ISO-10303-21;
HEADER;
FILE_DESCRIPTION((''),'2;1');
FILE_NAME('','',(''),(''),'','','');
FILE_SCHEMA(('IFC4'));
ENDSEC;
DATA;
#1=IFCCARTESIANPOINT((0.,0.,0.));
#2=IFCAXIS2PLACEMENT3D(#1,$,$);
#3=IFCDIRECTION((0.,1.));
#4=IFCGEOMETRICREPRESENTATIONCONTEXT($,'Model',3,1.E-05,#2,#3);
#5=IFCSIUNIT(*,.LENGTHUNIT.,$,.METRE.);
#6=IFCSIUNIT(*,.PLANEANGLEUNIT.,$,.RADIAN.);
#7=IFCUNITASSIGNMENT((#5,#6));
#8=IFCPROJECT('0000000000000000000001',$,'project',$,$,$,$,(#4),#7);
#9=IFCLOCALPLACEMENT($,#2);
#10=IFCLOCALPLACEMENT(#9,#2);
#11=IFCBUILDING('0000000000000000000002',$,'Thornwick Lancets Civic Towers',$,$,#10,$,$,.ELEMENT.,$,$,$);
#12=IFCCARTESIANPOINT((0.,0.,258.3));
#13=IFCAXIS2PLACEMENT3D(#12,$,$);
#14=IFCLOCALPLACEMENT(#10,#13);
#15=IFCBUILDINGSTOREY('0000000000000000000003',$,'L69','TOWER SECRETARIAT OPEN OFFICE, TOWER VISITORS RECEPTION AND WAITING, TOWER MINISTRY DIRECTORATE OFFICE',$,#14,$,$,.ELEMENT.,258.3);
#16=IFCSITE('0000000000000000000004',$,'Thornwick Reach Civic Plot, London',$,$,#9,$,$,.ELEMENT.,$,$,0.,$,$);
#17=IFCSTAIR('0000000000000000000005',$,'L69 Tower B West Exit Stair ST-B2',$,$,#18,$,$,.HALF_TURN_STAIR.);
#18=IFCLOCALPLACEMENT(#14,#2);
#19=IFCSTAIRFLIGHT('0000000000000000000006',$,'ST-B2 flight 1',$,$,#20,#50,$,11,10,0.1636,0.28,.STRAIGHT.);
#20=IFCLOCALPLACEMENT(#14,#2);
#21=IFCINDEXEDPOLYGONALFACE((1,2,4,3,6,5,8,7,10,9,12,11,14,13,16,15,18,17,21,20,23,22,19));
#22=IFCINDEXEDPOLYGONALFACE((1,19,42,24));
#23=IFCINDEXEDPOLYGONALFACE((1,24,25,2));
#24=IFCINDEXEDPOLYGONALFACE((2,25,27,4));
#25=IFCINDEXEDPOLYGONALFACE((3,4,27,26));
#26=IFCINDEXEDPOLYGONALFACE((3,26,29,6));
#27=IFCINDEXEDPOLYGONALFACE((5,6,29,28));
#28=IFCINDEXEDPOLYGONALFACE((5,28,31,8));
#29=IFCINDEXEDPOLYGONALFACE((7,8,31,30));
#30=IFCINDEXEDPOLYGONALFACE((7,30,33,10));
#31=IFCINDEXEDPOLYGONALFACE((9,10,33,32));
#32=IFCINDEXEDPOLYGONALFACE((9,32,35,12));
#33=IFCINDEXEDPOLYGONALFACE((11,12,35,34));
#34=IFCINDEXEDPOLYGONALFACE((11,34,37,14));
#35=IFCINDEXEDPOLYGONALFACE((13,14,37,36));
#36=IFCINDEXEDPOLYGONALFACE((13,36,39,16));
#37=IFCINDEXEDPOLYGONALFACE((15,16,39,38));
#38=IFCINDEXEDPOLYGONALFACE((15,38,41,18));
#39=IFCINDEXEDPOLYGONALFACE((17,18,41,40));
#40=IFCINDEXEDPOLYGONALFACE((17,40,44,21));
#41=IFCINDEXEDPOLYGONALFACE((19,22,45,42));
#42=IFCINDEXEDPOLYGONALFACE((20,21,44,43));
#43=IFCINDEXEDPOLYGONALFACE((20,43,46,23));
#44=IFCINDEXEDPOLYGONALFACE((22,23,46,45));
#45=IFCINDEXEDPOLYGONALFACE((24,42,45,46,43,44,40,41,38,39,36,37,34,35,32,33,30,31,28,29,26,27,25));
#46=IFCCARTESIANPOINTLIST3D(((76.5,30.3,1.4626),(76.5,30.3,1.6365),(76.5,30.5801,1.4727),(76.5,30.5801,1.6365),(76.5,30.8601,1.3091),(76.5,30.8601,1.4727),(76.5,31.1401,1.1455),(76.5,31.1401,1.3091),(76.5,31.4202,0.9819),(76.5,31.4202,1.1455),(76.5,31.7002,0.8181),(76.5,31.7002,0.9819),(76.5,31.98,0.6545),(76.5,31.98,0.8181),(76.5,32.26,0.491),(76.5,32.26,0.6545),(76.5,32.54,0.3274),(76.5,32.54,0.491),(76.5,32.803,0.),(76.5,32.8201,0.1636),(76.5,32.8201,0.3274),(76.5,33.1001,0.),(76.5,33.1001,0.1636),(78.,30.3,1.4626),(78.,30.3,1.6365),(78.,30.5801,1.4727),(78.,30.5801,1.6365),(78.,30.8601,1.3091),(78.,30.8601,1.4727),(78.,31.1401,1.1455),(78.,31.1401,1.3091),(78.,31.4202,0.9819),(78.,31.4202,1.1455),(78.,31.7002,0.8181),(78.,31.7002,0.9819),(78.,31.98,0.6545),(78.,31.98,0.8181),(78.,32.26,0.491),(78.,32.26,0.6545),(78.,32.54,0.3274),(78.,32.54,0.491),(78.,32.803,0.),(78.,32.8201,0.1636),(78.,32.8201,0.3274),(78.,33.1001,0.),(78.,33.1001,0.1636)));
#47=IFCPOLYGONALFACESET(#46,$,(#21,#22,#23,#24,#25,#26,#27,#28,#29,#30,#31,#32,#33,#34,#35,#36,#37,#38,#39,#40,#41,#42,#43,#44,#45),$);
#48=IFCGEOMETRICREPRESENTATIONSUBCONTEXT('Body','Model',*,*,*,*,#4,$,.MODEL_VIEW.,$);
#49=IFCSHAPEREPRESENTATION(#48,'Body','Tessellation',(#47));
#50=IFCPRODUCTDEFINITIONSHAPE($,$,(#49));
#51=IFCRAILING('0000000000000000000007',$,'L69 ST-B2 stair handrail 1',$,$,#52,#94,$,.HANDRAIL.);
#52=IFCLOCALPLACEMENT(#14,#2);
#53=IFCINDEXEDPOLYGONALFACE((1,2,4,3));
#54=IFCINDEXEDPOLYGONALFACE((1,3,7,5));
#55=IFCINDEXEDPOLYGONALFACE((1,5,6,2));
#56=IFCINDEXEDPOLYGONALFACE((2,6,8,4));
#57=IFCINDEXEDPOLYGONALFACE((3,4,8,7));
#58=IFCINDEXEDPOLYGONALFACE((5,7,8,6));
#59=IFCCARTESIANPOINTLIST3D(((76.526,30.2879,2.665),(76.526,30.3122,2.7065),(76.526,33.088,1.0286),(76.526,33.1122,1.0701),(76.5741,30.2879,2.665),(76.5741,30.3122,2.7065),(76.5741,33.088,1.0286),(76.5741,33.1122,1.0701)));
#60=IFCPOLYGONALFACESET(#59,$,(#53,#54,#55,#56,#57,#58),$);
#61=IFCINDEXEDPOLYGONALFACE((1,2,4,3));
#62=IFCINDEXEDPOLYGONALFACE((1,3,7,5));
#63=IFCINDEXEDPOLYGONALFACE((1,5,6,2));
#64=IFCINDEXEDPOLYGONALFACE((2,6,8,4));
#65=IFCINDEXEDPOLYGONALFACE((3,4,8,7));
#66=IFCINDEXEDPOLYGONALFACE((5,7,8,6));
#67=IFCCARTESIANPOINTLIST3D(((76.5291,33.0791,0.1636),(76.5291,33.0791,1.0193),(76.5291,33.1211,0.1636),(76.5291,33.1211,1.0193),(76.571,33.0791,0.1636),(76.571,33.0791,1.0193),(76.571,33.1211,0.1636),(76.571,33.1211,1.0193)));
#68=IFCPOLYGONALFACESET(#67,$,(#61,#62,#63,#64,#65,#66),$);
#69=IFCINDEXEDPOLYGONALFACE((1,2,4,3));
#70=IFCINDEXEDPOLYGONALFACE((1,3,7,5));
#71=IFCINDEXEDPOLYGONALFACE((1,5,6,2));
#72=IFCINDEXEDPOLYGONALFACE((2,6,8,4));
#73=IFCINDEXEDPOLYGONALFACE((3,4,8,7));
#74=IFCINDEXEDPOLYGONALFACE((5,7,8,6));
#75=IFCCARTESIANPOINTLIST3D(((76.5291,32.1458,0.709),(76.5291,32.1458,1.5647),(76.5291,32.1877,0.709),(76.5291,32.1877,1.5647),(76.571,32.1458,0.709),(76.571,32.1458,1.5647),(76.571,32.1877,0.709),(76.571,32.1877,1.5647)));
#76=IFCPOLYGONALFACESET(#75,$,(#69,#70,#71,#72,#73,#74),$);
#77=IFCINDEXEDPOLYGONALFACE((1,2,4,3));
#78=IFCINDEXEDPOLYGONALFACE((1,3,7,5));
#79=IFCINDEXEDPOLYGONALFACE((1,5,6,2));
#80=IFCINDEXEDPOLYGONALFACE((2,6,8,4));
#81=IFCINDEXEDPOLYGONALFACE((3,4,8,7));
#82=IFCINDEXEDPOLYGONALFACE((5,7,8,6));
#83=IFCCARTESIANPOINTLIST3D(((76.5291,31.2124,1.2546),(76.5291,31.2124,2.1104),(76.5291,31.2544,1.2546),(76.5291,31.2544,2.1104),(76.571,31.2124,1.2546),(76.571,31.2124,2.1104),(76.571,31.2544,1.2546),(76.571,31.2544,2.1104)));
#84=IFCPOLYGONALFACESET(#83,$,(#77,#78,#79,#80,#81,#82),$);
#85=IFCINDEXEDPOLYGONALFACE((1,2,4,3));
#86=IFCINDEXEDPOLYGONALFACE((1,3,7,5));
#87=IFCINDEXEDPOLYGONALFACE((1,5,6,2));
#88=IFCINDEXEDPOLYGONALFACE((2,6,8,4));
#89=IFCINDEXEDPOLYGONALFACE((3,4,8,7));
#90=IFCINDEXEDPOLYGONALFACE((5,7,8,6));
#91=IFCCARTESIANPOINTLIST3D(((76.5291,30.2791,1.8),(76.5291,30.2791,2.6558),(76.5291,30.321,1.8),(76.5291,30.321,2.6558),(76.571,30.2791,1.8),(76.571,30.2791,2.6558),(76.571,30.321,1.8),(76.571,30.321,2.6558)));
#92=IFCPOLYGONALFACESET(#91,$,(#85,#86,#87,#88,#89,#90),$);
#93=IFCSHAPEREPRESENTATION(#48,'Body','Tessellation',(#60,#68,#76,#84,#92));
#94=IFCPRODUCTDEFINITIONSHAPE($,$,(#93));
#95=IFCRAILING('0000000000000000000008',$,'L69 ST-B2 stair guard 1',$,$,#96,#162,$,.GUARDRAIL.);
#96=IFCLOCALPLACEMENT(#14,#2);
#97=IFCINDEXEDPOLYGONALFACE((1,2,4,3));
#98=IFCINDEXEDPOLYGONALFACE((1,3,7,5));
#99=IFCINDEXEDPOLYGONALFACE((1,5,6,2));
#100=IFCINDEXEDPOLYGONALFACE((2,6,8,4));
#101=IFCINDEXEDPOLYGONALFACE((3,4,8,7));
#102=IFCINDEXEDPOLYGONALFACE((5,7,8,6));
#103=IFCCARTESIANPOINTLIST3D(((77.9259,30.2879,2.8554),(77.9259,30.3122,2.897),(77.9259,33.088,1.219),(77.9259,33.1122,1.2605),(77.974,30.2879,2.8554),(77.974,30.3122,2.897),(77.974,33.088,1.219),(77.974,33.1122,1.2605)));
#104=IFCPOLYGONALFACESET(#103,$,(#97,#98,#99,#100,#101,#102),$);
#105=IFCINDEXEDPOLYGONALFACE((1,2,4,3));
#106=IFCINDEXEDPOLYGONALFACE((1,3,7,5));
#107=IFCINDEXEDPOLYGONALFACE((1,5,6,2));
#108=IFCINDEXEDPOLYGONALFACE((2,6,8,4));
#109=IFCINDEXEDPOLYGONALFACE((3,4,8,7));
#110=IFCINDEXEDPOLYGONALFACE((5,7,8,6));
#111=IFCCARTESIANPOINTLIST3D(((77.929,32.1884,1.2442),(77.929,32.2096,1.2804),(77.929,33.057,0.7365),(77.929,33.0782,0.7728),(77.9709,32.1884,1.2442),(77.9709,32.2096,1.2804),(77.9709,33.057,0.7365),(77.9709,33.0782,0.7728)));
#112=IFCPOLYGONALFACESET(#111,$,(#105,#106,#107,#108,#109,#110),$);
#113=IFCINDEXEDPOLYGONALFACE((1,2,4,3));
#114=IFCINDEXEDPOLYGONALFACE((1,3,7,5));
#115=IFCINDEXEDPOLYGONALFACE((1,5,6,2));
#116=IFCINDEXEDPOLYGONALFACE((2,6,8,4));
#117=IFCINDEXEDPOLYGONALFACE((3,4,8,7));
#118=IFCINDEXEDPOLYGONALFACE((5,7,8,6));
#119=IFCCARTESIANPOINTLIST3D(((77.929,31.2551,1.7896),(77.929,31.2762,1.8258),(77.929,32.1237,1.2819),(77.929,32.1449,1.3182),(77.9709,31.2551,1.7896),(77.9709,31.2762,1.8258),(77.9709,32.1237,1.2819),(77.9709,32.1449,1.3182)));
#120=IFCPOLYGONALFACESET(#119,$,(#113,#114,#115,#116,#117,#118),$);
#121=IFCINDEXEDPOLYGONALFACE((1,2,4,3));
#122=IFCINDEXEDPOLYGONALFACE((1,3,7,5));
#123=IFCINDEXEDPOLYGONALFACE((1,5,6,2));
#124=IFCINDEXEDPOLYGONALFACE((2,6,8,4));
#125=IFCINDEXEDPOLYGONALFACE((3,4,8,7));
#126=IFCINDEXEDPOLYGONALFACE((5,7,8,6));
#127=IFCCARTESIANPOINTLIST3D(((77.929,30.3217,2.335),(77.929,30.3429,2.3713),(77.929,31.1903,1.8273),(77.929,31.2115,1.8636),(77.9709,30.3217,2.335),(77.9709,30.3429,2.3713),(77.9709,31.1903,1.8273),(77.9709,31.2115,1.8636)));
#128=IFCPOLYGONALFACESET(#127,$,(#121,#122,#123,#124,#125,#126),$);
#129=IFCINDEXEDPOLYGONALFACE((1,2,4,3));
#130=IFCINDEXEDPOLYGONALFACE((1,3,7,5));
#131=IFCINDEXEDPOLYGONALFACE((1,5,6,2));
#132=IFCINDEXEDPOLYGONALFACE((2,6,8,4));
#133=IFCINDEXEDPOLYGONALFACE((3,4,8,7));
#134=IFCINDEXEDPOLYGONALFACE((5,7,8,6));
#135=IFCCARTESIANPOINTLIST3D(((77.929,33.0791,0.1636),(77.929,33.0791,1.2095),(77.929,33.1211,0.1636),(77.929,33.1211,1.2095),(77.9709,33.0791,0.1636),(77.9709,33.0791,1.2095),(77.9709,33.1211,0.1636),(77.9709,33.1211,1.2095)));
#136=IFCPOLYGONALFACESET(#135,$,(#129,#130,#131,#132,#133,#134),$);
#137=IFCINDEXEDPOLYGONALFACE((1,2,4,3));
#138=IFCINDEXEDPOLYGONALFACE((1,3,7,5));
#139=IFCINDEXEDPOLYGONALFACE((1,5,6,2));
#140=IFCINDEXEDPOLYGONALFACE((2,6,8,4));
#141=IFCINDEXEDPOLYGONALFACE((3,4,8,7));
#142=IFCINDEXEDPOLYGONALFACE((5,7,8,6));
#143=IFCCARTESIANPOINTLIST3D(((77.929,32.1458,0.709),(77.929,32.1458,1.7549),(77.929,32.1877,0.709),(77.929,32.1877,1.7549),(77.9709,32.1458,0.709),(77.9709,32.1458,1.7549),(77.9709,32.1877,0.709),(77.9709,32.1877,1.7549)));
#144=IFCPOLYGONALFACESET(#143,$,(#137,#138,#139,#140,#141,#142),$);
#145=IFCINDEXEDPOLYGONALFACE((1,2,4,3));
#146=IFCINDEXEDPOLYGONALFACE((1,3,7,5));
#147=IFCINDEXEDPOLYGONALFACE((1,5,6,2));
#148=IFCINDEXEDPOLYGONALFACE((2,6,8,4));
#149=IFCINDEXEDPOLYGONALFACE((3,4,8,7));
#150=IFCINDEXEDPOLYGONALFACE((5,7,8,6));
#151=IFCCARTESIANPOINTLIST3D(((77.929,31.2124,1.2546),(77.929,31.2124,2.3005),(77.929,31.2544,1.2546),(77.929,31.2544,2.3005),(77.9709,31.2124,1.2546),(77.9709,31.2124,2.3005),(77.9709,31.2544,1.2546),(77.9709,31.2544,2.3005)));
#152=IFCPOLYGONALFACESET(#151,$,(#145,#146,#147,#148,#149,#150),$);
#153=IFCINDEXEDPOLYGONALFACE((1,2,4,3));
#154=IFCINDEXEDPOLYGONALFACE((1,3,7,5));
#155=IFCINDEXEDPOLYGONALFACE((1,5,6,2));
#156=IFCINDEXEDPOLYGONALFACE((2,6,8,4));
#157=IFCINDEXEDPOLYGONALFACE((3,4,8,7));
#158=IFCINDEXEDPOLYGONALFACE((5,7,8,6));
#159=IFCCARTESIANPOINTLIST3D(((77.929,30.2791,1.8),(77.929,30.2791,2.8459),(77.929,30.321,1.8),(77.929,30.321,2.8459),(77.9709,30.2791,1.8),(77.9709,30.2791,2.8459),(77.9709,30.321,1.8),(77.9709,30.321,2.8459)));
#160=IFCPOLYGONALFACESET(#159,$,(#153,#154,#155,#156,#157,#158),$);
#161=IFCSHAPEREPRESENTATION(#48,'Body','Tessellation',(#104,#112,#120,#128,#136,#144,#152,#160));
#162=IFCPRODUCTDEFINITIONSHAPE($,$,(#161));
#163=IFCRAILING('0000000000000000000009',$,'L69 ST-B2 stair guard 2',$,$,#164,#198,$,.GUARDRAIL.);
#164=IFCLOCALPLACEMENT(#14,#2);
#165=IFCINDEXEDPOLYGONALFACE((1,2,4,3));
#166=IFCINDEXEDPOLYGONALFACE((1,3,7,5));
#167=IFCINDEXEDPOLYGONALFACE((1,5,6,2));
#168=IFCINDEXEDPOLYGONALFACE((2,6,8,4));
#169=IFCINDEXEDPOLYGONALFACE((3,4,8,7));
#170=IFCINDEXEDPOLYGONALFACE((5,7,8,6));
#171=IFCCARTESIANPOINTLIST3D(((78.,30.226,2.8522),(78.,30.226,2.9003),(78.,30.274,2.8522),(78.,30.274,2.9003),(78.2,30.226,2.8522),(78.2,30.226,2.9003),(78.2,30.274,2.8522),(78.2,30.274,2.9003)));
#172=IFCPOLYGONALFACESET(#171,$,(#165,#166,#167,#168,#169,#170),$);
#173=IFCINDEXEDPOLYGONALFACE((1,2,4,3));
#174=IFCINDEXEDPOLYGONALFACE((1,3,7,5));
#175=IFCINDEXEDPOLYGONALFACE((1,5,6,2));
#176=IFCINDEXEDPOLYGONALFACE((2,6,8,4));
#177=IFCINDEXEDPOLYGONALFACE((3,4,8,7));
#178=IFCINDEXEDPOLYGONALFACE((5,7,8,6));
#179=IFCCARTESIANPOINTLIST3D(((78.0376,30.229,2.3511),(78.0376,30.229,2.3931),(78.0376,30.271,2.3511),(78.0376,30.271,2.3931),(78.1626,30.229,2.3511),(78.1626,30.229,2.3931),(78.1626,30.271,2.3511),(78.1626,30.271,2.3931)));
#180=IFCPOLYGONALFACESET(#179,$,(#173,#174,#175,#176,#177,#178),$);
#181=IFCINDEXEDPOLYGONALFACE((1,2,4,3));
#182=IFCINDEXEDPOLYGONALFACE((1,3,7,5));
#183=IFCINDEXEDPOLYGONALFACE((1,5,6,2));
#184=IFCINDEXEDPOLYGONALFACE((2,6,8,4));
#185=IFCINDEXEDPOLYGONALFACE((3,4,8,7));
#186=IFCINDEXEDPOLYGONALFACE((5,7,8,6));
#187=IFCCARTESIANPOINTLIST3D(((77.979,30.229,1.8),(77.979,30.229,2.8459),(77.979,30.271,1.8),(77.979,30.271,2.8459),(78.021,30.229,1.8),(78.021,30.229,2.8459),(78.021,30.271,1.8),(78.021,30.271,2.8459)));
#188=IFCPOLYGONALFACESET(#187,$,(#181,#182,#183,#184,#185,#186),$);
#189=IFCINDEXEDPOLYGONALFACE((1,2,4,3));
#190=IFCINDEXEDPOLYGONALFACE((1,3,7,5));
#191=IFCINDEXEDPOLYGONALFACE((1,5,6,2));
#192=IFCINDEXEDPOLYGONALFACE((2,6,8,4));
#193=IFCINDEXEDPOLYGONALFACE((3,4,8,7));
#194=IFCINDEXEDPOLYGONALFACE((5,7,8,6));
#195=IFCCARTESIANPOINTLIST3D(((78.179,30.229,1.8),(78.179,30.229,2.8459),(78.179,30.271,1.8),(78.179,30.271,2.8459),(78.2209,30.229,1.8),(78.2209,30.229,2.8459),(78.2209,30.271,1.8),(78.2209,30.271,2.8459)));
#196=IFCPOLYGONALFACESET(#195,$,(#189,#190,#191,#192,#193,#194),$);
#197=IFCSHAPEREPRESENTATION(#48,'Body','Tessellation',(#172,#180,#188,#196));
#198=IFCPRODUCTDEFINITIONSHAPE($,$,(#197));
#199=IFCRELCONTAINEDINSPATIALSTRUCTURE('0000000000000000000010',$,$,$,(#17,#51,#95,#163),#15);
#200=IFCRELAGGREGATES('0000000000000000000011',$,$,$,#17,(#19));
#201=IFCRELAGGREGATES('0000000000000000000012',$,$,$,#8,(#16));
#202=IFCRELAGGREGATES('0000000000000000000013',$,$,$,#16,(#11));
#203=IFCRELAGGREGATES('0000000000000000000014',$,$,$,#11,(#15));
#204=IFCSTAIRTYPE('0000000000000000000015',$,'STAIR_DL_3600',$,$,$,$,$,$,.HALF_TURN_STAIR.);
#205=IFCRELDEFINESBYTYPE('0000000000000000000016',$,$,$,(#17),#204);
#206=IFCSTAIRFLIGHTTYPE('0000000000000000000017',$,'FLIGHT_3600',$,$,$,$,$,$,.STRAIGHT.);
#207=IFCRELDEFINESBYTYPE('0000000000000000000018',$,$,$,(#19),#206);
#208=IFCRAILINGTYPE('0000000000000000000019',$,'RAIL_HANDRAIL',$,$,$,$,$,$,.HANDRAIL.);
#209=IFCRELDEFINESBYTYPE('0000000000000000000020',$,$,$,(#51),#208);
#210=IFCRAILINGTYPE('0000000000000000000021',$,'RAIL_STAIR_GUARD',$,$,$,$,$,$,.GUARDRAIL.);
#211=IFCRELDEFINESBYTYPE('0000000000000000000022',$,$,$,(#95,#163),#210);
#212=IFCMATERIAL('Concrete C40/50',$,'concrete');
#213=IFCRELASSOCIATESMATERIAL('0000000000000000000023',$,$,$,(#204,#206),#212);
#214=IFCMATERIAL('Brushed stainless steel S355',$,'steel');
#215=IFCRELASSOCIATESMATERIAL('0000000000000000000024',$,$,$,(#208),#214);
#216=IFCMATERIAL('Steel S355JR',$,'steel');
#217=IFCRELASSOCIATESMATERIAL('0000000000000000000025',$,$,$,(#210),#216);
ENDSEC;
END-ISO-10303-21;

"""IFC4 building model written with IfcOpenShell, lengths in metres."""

from ifc_helpers import new_model, si_unit, direction, frame, origin, origin_2d, place, context, subcontext, project, spatial, polyline, rectangle, outline, extrude, material, type_object, element, aggregate, save


model = new_model("IFC4")

# Units and contexts
model_context = context("Model", 3, precision=1e-05, world=origin(), true_north=direction((0.0, 1.0)))
body_context = subcontext(model_context, "Body", "Model", "MODEL_VIEW")
ifc_project = project(units=[si_unit("LENGTHUNIT", "METRE"), si_unit("PLANEANGLEUNIT", "RADIAN")], contexts=[model_context])

# Site, building, storey
site_placement = place(None, origin())
site = spatial("IfcSite", under=ifc_project, at=site_placement, Name="Thornwick Reach Civic Plot, London", CompositionType="ELEMENT", RefElevation=0.0)
building_placement = place(site_placement, origin())
building = spatial("IfcBuilding", under=site, at=building_placement, Name="Thornwick Lancets Civic Towers", CompositionType="ELEMENT")
storey_placement = place(building_placement, frame((0.0, 0.0, 258.3)))
storey = spatial("IfcBuildingStorey", under=building, at=storey_placement, Name="L69", Description="TOWER SECRETARIAT OPEN OFFICE, TOWER VISITORS RECEPTION AND WAITING, TOWER MINISTRY DIRECTORATE OFFICE", CompositionType="ELEMENT", Elevation=258.3)

# Shared definitions
ifc_material_1 = material(Name="Steel S355JR", Category="steel")

# Shared definitions
ifc_material_2 = material(Name="Concrete C40/50", Category="concrete")

# Stair, stair flight
stair_type = type_object("IfcStairType", Name="STAIR_DL_3600", PredefinedType="HALF_TURN_STAIR", material=ifc_material_2)
stair_placement = place(storey_placement, origin())
stair = element("IfcStair", 1, at=stair_placement, inside=storey, type_object=stair_type, Name="L69 Tower B West Exit Stair ST-B2", PredefinedType="HALF_TURN_STAIR")
stair_flight_type = type_object("IfcStairFlightType", Name="FLIGHT_3600", PredefinedType="STRAIGHT", material=ifc_material_2)
stair_flight_placement = place(storey_placement, frame((77.25, 33.1001, 0.0), z_axis=(0.0, 0.0, 1.0), x_axis=(0.0, -1.0, 0.0)))
stair_flight = element("IfcStairFlight", 2, at=stair_flight_placement, type_object=stair_flight_type, Name="ST-B2 flight 1", NumberOfRisers=11, NumberOfTreads=10, PredefinedType="STRAIGHT", RiserHeight=0.1636, TreadLength=0.28, context=body_context, shape_type="SweptSolid", body=[
    extrude(outline(polyline([(0.0, 0.0), (0.0, 0.1636), (0.28, 0.1636), (0.28, 0.3274), (0.5601, 0.3274), (0.5601, 0.491), (0.8401, 0.491), (0.8401, 0.6545), (1.1201, 0.6545), (1.1201, 0.8181), (1.3999, 0.8181), (1.3999, 0.9819), (1.6799, 0.9819), (1.6799, 1.1455), (1.96, 1.1455), (1.96, 1.3091), (2.24, 1.3091), (2.24, 1.4727), (2.52, 1.4727), (2.52, 1.6365), (2.8, 1.6365), (2.8, 1.8), (2.8, 1.4626), (0.2971, 0.0), (0.0, 0.0)])), frame((0.0, 0.75, 0.0), z_axis=(0.0, -1.0, 0.0), x_axis=(1.0, 0.0, 0.0)), (0.0, 0.0, 1.0), 1.5),
])
aggregate(stair, [stair_flight])

# Railings
ifc_material_3 = material(Name="Brushed stainless steel S355", Category="steel")
railing_type_1 = type_object("IfcRailingType", Name="RAIL_HANDRAIL", PredefinedType="HANDRAIL", material=ifc_material_3)
railing_1_placement = place(storey_placement, frame((76.55, 33.1001, 0.1636)))
element("IfcRailing", 3, at=railing_1_placement, inside=storey, type_object=railing_type_1, Name="L69 ST-B2 stair handrail 1", PredefinedType="HANDRAIL", context=body_context, shape_type="SweptSolid", body=[
    extrude(rectangle(XDim=0.0481, YDim=0.0481, at=origin_2d()), frame((0.0, 0.0, 0.8857), z_axis=(0.0, -0.863361, 0.504587), x_axis=(1.0, 0.0, 0.0)), (0.0, 0.0, 1.0), 3.2432),
    extrude(rectangle(XDim=0.042, YDim=0.042, at=origin_2d()), origin(), (0.0, 0.0, 1.0), 0.8557),
    extrude(rectangle(XDim=0.042, YDim=0.042, at=origin_2d()), frame((0.0, -0.9333, 0.5454)), (0.0, 0.0, 1.0), 0.8557),
    extrude(rectangle(XDim=0.042, YDim=0.042, at=origin_2d()), frame((0.0, -1.8667, 1.0911)), (0.0, 0.0, 1.0), 0.8557),
    extrude(rectangle(XDim=0.042, YDim=0.042, at=origin_2d()), frame((0.0, -2.8, 1.6365)), (0.0, 0.0, 1.0), 0.8557),
])
railing_type_2 = type_object("IfcRailingType", Name="RAIL_STAIR_GUARD", PredefinedType="GUARDRAIL", material=ifc_material_1)
railing_2_placement = place(storey_placement, frame((77.95, 33.1001, 0.1636)))
element("IfcRailing", 4, at=railing_2_placement, inside=storey, type_object=railing_type_2, Name="L69 ST-B2 stair guard 1", PredefinedType="GUARDRAIL", context=body_context, shape_type="SweptSolid", body=[
    extrude(rectangle(XDim=0.0481, YDim=0.0481, at=origin_2d()), frame((0.0, 0.0, 1.0762), z_axis=(0.0, -0.863361, 0.504587), x_axis=(1.0, 0.0, 0.0)), (0.0, 0.0, 1.0), 3.2432),
    extrude(rectangle(XDim=0.042, YDim=0.042, at=origin_2d()), frame((0.0, -0.0325, 0.5911), z_axis=(0.0, -0.863361, 0.504587), x_axis=(1.0, 0.0, 0.0)), (0.0, 0.0, 1.0), 1.0061),
    extrude(rectangle(XDim=0.042, YDim=0.042, at=origin_2d()), frame((0.0, -0.9658, 1.1365), z_axis=(0.0, -0.863361, 0.504587), x_axis=(1.0, 0.0, 0.0)), (0.0, 0.0, 1.0), 1.0061),
    extrude(rectangle(XDim=0.042, YDim=0.042, at=origin_2d()), frame((0.0, -1.8992, 1.6819), z_axis=(0.0, -0.863361, 0.504587), x_axis=(1.0, 0.0, 0.0)), (0.0, 0.0, 1.0), 1.0061),
    extrude(rectangle(XDim=0.042, YDim=0.042, at=origin_2d()), origin(), (0.0, 0.0, 1.0), 1.0459),
    extrude(rectangle(XDim=0.042, YDim=0.042, at=origin_2d()), frame((0.0, -0.9333, 0.5454)), (0.0, 0.0, 1.0), 1.0459),
    extrude(rectangle(XDim=0.042, YDim=0.042, at=origin_2d()), frame((0.0, -1.8667, 1.0911)), (0.0, 0.0, 1.0), 1.0459),
    extrude(rectangle(XDim=0.042, YDim=0.042, at=origin_2d()), frame((0.0, -2.8, 1.6365)), (0.0, 0.0, 1.0), 1.0459),
])
railing_3_placement = place(storey_placement, frame((78.0, 30.25, 1.8)))
element("IfcRailing", 5, at=railing_3_placement, inside=storey, type_object=railing_type_2, Name="L69 ST-B2 stair guard 2", PredefinedType="GUARDRAIL", context=body_context, shape_type="SweptSolid", body=[
    extrude(rectangle(XDim=0.0481, YDim=0.0481, at=origin_2d()), frame((0.0, 0.0, 1.0762), z_axis=(1.0, 0.0, 0.0), x_axis=(0.0, 1.0, 0.0)), (0.0, 0.0, 1.0), 0.2),
    extrude(rectangle(XDim=0.042, YDim=0.042, at=origin_2d()), frame((0.0376, 0.0, 0.572), z_axis=(1.0, 0.0, 0.0), x_axis=(0.0, 1.0, 0.0)), (0.0, 0.0, 1.0), 0.125),
    extrude(rectangle(XDim=0.042, YDim=0.042, at=origin_2d()), origin(), (0.0, 0.0, 1.0), 1.0459),
    extrude(rectangle(XDim=0.042, YDim=0.042, at=origin_2d()), frame((0.2, 0.0, 0.0)), (0.0, 0.0, 1.0), 1.0459),
])

save(model, "model.ifc")
